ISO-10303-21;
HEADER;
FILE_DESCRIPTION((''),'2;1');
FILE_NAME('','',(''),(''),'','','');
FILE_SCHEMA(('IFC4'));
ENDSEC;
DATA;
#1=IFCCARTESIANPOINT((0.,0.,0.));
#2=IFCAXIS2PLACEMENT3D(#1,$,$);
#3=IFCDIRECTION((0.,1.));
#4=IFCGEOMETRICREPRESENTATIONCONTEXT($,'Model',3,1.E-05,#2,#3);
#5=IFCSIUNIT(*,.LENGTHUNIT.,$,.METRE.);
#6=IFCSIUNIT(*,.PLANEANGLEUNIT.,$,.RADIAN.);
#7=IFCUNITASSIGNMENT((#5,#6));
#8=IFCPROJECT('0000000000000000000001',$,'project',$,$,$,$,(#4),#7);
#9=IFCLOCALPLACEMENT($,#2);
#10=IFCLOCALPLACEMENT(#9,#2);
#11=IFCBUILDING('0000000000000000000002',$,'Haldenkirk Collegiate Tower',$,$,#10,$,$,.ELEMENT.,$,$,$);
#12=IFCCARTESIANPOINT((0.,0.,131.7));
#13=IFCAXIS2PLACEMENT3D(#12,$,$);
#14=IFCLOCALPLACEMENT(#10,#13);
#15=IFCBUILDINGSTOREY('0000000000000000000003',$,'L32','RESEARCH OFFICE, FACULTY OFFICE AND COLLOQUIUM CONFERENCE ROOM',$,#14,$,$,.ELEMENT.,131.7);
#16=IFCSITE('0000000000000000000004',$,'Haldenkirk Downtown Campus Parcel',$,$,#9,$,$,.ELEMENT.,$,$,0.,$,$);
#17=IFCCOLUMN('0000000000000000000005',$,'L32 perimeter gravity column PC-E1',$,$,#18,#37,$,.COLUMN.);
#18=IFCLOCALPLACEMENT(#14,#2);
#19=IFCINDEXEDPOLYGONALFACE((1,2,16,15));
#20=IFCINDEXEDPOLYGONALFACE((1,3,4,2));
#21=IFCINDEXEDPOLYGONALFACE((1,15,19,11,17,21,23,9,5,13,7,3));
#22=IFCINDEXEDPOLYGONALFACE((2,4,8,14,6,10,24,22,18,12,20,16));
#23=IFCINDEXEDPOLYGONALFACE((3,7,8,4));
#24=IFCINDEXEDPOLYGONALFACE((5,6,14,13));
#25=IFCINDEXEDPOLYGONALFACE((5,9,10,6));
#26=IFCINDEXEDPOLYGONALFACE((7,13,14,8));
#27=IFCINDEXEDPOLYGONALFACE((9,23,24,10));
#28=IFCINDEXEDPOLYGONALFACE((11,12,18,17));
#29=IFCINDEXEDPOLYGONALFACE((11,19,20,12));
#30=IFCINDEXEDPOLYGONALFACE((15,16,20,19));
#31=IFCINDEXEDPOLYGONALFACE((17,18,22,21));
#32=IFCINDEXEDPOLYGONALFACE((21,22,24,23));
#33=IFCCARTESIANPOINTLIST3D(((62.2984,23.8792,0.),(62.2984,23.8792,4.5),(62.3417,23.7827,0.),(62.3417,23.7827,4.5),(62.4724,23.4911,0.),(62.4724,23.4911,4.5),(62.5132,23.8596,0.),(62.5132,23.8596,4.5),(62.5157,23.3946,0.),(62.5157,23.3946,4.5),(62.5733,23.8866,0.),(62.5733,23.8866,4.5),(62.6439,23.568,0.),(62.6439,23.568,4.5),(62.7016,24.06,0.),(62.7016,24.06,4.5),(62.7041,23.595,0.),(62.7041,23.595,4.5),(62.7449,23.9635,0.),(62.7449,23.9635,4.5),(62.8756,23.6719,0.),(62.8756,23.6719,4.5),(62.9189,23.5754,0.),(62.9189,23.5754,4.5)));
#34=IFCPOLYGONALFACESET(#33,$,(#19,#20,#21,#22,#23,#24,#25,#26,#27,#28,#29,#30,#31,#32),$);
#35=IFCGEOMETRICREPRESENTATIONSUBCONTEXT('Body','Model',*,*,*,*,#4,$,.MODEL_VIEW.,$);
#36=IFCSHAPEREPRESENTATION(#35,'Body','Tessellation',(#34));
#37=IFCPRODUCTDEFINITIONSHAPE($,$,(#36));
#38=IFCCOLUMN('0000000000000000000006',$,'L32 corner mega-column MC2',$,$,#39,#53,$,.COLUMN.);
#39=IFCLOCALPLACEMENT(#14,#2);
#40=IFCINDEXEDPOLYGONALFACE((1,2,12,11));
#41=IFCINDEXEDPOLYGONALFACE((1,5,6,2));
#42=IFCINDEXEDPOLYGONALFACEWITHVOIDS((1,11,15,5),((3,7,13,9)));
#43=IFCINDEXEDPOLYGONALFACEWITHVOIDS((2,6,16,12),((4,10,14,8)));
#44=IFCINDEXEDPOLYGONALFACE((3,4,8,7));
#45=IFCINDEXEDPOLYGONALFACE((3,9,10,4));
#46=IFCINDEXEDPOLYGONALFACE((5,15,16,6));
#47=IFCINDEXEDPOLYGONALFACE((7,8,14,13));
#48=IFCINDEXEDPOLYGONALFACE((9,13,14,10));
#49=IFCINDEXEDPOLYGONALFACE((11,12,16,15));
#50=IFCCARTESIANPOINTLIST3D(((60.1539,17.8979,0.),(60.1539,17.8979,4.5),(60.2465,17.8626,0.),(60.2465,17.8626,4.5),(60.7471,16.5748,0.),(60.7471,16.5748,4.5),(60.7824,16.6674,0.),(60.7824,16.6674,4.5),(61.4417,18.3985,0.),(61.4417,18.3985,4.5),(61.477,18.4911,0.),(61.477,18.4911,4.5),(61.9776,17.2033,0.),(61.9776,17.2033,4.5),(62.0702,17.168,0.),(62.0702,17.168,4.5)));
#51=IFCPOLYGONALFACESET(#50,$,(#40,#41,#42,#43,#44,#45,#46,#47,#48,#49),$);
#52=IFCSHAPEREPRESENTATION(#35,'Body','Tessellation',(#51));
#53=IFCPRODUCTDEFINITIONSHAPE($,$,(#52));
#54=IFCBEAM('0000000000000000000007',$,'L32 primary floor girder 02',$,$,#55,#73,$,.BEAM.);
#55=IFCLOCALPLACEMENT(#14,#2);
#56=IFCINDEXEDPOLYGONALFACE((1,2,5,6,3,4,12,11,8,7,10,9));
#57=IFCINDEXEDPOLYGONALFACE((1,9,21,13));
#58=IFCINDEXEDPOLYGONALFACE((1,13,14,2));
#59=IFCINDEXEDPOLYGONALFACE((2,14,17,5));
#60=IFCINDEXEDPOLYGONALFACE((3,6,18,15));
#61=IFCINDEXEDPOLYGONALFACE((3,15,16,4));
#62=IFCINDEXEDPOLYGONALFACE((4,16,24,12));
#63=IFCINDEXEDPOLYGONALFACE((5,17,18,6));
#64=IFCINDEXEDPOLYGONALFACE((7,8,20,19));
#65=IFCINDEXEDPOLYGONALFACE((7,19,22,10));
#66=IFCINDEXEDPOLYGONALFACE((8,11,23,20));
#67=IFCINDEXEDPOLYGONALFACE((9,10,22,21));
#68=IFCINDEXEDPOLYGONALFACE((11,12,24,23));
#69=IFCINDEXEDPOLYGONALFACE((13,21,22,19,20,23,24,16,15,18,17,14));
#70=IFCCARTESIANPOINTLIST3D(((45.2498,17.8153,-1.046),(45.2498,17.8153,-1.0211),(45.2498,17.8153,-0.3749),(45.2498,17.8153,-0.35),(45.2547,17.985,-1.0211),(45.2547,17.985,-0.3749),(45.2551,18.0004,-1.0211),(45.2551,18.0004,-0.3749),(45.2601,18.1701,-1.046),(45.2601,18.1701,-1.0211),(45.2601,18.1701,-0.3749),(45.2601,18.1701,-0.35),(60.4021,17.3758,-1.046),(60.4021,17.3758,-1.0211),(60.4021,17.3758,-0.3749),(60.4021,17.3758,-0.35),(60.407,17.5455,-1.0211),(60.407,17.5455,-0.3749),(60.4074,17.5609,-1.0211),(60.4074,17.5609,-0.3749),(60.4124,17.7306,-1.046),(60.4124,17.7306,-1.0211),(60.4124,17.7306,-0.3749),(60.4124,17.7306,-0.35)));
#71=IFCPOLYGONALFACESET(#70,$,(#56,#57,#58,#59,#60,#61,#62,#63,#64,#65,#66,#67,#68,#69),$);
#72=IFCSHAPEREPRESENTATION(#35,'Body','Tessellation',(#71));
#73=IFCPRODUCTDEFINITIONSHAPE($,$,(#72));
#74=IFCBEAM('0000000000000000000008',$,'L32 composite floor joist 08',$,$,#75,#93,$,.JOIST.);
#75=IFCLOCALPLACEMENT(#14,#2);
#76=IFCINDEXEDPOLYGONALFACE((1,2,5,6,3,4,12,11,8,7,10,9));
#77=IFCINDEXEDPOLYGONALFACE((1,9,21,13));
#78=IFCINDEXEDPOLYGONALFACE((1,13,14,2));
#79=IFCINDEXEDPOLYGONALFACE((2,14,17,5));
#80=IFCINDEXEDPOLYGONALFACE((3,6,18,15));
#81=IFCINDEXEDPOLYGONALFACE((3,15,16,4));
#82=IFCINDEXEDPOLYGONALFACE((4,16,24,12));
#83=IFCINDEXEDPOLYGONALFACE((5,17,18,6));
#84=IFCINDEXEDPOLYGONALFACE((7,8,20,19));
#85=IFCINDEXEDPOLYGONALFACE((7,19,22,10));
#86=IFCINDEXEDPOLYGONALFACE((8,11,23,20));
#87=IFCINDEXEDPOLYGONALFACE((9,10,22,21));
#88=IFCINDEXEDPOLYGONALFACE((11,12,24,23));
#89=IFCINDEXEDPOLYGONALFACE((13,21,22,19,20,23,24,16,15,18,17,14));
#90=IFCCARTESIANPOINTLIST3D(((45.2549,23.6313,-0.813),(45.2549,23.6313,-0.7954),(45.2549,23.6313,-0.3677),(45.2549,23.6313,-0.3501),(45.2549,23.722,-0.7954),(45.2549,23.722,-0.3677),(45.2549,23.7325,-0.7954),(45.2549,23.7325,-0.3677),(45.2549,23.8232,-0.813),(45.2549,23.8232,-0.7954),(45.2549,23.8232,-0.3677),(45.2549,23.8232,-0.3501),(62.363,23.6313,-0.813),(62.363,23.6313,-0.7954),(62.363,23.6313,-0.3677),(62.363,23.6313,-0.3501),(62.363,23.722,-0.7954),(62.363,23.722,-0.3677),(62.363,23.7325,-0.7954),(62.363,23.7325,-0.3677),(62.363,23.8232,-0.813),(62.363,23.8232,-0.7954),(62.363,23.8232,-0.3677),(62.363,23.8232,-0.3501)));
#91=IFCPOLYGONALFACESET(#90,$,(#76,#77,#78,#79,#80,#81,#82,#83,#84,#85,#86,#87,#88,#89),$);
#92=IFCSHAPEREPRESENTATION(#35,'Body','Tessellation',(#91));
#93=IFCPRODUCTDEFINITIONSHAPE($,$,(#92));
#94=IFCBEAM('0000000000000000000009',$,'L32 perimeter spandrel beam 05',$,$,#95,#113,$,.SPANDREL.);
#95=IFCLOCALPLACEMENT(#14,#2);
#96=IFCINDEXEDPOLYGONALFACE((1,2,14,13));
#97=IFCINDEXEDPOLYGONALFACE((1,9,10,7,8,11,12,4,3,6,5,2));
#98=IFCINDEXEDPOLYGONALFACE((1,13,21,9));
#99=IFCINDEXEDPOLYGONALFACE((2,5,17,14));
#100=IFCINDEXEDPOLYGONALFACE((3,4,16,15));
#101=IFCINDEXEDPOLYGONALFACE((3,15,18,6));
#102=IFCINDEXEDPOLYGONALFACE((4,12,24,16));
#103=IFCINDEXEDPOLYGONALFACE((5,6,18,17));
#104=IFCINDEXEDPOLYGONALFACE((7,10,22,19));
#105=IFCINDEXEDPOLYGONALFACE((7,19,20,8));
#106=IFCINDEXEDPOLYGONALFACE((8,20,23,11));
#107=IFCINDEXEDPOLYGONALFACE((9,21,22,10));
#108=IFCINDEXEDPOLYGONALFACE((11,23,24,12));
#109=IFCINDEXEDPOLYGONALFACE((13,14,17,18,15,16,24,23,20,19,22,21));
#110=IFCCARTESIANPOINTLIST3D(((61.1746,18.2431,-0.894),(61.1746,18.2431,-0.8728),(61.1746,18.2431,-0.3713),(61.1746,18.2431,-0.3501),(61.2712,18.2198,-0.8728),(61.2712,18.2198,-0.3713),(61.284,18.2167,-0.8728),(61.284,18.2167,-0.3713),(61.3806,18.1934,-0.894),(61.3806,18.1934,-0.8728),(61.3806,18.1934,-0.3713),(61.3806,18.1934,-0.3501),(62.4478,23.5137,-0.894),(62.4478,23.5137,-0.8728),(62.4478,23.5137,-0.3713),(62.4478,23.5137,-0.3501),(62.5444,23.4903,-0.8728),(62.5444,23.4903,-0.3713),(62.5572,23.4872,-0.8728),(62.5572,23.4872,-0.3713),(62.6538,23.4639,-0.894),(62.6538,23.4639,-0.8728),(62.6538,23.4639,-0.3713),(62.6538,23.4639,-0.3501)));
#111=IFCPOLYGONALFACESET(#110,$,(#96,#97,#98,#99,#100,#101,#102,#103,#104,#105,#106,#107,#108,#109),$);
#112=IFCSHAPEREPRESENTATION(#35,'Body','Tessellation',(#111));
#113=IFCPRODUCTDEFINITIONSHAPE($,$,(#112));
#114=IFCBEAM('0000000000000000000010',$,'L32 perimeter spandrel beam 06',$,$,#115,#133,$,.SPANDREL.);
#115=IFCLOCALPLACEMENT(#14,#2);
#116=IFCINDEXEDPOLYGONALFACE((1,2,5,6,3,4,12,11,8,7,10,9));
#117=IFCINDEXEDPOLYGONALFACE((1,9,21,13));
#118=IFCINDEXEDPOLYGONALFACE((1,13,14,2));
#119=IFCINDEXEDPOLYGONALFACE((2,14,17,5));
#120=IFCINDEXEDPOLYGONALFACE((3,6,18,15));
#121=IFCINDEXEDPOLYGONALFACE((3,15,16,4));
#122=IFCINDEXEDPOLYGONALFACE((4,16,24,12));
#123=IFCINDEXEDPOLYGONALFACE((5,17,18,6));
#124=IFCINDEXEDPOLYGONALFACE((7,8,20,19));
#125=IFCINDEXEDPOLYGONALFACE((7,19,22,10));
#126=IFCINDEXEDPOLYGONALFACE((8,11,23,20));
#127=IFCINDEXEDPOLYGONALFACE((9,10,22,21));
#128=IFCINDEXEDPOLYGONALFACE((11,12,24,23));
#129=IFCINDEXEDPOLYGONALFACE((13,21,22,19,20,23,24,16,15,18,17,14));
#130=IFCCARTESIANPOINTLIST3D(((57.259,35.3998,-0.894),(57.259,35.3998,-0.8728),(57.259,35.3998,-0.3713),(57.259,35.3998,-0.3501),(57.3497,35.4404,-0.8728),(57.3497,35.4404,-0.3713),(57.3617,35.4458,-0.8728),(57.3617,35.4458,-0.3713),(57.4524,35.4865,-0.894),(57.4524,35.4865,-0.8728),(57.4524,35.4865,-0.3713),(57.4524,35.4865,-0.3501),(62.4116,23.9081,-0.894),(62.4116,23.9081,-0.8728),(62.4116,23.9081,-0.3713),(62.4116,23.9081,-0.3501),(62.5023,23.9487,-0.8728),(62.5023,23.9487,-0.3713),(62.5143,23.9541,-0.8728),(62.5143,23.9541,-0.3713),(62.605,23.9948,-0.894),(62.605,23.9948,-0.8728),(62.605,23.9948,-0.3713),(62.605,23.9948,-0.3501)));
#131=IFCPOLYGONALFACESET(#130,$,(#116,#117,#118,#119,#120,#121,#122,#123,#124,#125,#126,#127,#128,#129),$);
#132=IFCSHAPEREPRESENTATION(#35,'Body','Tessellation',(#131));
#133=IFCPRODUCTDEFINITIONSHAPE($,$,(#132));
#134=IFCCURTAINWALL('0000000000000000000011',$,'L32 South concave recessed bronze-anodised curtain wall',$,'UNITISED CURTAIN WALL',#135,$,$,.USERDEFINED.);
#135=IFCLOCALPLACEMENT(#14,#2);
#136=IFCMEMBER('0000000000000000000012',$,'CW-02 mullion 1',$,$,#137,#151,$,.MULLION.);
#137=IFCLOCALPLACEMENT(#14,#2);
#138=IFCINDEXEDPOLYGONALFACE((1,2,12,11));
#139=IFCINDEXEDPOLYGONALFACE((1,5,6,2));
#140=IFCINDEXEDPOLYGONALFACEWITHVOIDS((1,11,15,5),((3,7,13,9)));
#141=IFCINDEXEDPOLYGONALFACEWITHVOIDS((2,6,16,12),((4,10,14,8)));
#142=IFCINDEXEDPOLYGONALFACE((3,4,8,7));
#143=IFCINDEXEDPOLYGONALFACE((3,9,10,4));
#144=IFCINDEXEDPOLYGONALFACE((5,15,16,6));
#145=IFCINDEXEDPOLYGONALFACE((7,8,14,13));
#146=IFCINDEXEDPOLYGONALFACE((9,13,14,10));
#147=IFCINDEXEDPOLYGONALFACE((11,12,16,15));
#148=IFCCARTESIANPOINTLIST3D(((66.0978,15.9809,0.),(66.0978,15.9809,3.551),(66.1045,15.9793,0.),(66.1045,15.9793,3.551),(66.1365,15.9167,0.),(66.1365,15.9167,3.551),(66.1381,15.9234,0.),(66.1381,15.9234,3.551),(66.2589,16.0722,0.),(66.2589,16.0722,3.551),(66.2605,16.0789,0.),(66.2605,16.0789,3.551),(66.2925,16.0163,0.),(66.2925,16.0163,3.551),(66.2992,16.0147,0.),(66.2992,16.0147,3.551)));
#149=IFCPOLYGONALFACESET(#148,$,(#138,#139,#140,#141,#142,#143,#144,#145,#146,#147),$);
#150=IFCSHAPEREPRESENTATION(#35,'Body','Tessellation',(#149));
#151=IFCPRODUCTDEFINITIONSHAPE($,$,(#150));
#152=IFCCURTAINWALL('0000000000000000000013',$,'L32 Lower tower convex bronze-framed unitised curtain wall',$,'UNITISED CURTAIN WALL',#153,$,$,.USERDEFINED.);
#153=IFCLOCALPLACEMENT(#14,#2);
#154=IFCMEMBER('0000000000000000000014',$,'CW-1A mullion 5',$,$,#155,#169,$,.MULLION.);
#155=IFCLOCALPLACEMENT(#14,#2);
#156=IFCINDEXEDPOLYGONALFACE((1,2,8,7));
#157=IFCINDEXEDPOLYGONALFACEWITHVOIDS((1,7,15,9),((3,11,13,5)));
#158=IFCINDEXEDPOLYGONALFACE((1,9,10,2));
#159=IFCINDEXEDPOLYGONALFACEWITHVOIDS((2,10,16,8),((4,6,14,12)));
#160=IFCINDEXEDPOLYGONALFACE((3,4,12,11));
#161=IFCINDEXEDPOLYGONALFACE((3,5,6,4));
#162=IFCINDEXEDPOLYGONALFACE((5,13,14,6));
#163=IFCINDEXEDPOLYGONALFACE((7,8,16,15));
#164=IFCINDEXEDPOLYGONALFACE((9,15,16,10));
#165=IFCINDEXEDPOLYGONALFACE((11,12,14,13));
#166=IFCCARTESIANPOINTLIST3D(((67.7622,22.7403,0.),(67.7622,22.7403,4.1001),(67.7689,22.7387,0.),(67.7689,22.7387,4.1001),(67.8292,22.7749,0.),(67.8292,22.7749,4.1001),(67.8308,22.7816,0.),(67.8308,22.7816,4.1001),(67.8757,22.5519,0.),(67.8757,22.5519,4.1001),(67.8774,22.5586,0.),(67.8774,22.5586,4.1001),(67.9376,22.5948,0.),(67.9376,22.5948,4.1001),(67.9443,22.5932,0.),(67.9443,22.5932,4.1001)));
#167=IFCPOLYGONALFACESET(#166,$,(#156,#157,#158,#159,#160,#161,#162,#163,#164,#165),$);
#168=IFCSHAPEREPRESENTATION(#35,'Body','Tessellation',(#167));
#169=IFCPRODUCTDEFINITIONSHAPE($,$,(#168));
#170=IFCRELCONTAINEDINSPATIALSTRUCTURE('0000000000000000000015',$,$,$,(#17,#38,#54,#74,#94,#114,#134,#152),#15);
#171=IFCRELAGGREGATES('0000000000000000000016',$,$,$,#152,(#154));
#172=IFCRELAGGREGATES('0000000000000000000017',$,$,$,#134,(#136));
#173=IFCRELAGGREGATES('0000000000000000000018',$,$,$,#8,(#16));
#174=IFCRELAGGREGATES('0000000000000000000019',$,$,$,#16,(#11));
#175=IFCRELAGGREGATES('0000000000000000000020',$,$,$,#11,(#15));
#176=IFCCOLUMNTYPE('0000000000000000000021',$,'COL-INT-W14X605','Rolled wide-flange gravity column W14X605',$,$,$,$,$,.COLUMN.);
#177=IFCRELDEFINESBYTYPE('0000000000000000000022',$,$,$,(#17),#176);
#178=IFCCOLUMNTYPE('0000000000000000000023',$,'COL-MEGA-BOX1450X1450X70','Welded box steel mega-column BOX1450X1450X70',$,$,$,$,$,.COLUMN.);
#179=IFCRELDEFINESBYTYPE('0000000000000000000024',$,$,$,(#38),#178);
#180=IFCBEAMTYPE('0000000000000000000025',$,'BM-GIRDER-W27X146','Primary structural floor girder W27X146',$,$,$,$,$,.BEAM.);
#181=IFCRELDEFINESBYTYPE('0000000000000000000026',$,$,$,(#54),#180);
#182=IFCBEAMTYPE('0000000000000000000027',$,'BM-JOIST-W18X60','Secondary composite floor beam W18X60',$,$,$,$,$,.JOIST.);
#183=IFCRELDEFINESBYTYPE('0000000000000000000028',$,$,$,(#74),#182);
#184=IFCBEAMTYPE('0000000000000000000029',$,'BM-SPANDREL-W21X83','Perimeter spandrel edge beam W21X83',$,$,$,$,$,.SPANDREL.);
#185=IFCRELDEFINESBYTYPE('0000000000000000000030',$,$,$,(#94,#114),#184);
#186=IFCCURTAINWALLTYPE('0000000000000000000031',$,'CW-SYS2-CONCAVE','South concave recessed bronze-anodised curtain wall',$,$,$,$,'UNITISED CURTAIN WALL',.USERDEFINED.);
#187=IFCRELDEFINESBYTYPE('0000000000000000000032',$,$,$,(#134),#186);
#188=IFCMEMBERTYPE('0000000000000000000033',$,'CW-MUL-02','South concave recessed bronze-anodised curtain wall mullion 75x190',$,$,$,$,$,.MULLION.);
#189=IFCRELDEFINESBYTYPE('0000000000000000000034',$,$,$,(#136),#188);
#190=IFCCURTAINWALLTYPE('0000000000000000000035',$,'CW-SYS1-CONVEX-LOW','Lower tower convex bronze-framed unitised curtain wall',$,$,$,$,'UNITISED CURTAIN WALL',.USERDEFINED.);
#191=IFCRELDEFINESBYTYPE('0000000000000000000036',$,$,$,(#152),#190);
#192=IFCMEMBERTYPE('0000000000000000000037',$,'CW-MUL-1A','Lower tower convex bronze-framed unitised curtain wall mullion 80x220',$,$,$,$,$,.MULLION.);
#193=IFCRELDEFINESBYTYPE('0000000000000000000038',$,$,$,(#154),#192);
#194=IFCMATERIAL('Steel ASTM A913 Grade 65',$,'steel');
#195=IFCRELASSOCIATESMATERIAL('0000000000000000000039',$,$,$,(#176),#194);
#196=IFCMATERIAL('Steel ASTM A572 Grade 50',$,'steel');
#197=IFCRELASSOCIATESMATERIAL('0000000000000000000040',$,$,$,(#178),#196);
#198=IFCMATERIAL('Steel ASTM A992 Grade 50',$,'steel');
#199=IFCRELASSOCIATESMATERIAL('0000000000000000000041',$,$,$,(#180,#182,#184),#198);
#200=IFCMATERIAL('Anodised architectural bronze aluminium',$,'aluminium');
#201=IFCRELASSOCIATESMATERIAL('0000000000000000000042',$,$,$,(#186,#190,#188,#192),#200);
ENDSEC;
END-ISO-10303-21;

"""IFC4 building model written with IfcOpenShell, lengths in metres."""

from ifc_helpers import new_model, si_unit, direction, frame, origin, origin_2d, place, context, subcontext, project, spatial, hollow_rectangle, i_section, extrude, material, material_profile, profile_set, type_object, element, aggregate, save


model = new_model("IFC4")

# Units and contexts
model_context = context("Model", 3, precision=1e-05, world=origin(), true_north=direction((0.0, 1.0)))
body_context = subcontext(model_context, "Body", "Model", "MODEL_VIEW")
ifc_project = project(units=[si_unit("LENGTHUNIT", "METRE"), si_unit("PLANEANGLEUNIT", "RADIAN")], contexts=[model_context])

# Site, building, storey
site_placement = place(None, origin())
site = spatial("IfcSite", under=ifc_project, at=site_placement, Name="Haldenkirk Downtown Campus Parcel", CompositionType="ELEMENT", RefElevation=0.0)
building_placement = place(site_placement, origin())
building = spatial("IfcBuilding", under=site, at=building_placement, Name="Haldenkirk Collegiate Tower", CompositionType="ELEMENT")
storey_placement = place(building_placement, frame((0.0, 0.0, 131.7)))
storey = spatial("IfcBuildingStorey", under=building, at=storey_placement, Name="L32", Description="RESEARCH OFFICE, FACULTY OFFICE AND COLLOQUIUM CONFERENCE ROOM", CompositionType="ELEMENT", Elevation=131.7)

# Columns
ifc_material_1 = material(Name="Steel ASTM A913 Grade 65", Category="steel")
ifc_material_profile_1 = material_profile(ifc_material_1, i_section(OverallWidth=0.4419, OverallDepth=0.531, WebThickness=0.0659, FlangeThickness=0.1057, at=origin_2d()), Name="W14X605")
ifc_profile_set_1 = profile_set([ifc_material_profile_1], Name="Steel ASTM A913 Grade 65")
column_type_1 = type_object("IfcColumnType", Name="COL-INT-W14X605", Description="Rolled wide-flange gravity column W14X605", PredefinedType="COLUMN", material=ifc_profile_set_1)
column_1_placement = place(storey_placement, frame((62.6086, 23.7273, 0.0), z_axis=(0.0, 0.0, 1.0), x_axis=(0.912477, 0.409127, 0.0)))
element("IfcColumn", 1, at=column_1_placement, inside=storey, type_object=column_type_1, Name="L32 perimeter gravity column PC-E1", PredefinedType="COLUMN", context=body_context, shape_type="SweptSolid", body=[
    extrude(i_section(OverallWidth=0.4419, OverallDepth=0.531, WebThickness=0.0659, FlangeThickness=0.1057, at=origin_2d()), origin(), (0.0, 0.0, 1.0), 4.5),
])
ifc_material_2 = material(Name="Steel ASTM A572 Grade 50", Category="steel")
ifc_material_profile_2 = material_profile(ifc_material_2, hollow_rectangle(XDim=1.45, YDim=1.45, WallThickness=0.0701, at=origin_2d()), Name="BOX1450X1450X70")
ifc_profile_set_2 = profile_set([ifc_material_profile_2], Name="Steel ASTM A572 Grade 50")
column_type_2 = type_object("IfcColumnType", Name="COL-MEGA-BOX1450X1450X70", Description="Welded box steel mega-column BOX1450X1450X70", PredefinedType="COLUMN", material=ifc_profile_set_2)
column_2_placement = place(storey_placement, frame((61.1121, 17.533, 0.0), z_axis=(0.0, 0.0, 1.0), x_axis=(0.912477, 0.409127, 0.0)))
element("IfcColumn", 2, at=column_2_placement, inside=storey, type_object=column_type_2, Name="L32 corner mega-column MC2", PredefinedType="COLUMN", context=body_context, shape_type="SweptSolid", body=[
    extrude(hollow_rectangle(XDim=1.45, YDim=1.45, WallThickness=0.0701, at=origin_2d()), origin(), (0.0, 0.0, 1.0), 4.5),
])

# Beams
ifc_material_3 = material(Name="Steel ASTM A992 Grade 50", Category="steel")
ifc_material_profile_3 = material_profile(ifc_material_3, i_section(OverallWidth=0.355, OverallDepth=0.696, WebThickness=0.0154, FlangeThickness=0.0249, at=origin_2d()), Name="W27X146")
ifc_profile_set_3 = profile_set([ifc_material_profile_3], Name="Steel ASTM A992 Grade 50")
beam_type_1 = type_object("IfcBeamType", Name="BM-GIRDER-W27X146", Description="Primary structural floor girder W27X146", PredefinedType="BEAM", material=ifc_profile_set_3)
beam_1_placement = place(storey_placement, frame((60.4072, 17.5532, -0.698), z_axis=(-0.99958, 0.02899, 0.0), x_axis=(-0.02899, -0.99958, 0.0)))
element("IfcBeam", 3, at=beam_1_placement, inside=storey, type_object=beam_type_1, Name="L32 primary floor girder 02", PredefinedType="BEAM", context=body_context, shape_type="SweptSolid", body=[
    extrude(i_section(OverallWidth=0.355, OverallDepth=0.696, WebThickness=0.0154, FlangeThickness=0.0249, at=origin_2d()), origin(), (0.0, 0.0, 1.0), 15.1587),
])
ifc_material_profile_4 = material_profile(ifc_material_3, i_section(OverallWidth=0.1919, OverallDepth=0.4629, WebThickness=0.0105, FlangeThickness=0.0176, at=origin_2d()), Name="W18X60")
ifc_profile_set_4 = profile_set([ifc_material_profile_4], Name="Steel ASTM A992 Grade 50")
beam_type_2 = type_object("IfcBeamType", Name="BM-JOIST-W18X60", Description="Secondary composite floor beam W18X60", PredefinedType="JOIST", material=ifc_profile_set_4)
beam_2_placement = place(storey_placement, frame((62.363, 23.7273, -0.5815), z_axis=(-1.0, 0.0, 0.0), x_axis=(0.0, -1.0, 0.0)))
element("IfcBeam", 4, at=beam_2_placement, inside=storey, type_object=beam_type_2, Name="L32 composite floor joist 08", PredefinedType="JOIST", context=body_context, shape_type="SweptSolid", body=[
    extrude(i_section(OverallWidth=0.1919, OverallDepth=0.4629, WebThickness=0.0105, FlangeThickness=0.0176, at=origin_2d()), origin(), (0.0, 0.0, 1.0), 17.1082),
])
ifc_material_profile_5 = material_profile(ifc_material_3, i_section(OverallWidth=0.2119, OverallDepth=0.5439, WebThickness=0.0132, FlangeThickness=0.0212, at=origin_2d()), Name="W21X83")
ifc_profile_set_5 = profile_set([ifc_material_profile_5], Name="Steel ASTM A992 Grade 50")
beam_type_3 = type_object("IfcBeamType", Name="BM-SPANDREL-W21X83", Description="Perimeter spandrel edge beam W21X83", PredefinedType="SPANDREL", material=ifc_profile_set_5)
beam_3_placement = place(storey_placement, frame((61.2776, 18.2183, -0.6221), z_axis=(0.234815, 0.97204, 0.0), x_axis=(-0.97204, 0.234815, 0.0)))
element("IfcBeam", 5, at=beam_3_placement, inside=storey, type_object=beam_type_3, Name="L32 perimeter spandrel beam 05", PredefinedType="SPANDREL", context=body_context, shape_type="SweptSolid", body=[
    extrude(i_section(OverallWidth=0.2119, OverallDepth=0.5439, WebThickness=0.0132, FlangeThickness=0.0212, at=origin_2d()), origin(), (0.0, 0.0, 1.0), 5.4221),
])
beam_4_placement = place(storey_placement, frame((62.5083, 23.9514, -0.6221), z_axis=(-0.409131, 0.912476, 0.0), x_axis=(-0.912476, -0.409131, 0.0)))
element("IfcBeam", 6, at=beam_4_placement, inside=storey, type_object=beam_type_3, Name="L32 perimeter spandrel beam 06", PredefinedType="SPANDREL", context=body_context, shape_type="SweptSolid", body=[
    extrude(i_section(OverallWidth=0.2119, OverallDepth=0.5439, WebThickness=0.0132, FlangeThickness=0.0212, at=origin_2d()), origin(), (0.0, 0.0, 1.0), 12.594),
])

# Curtain walls, members
ifc_material_4 = material(Name="Anodised architectural bronze aluminium", Category="aluminium")
curtain_wall_type_1 = type_object("IfcCurtainWallType", Name="CW-SYS2-CONCAVE", Description="South concave recessed bronze-anodised curtain wall", ElementType="UNITISED CURTAIN WALL", PredefinedType="USERDEFINED", material=ifc_material_4)
curtain_wall_1_placement = place(storey_placement, origin())
curtain_wall_1 = element("IfcCurtainWall", 7, at=curtain_wall_1_placement, inside=storey, type_object=curtain_wall_type_1, Name="L32 South concave recessed bronze-anodised curtain wall", ObjectType="UNITISED CURTAIN WALL", PredefinedType="USERDEFINED")
ifc_material_profile_6 = material_profile(ifc_material_4, hollow_rectangle(XDim=0.075, YDim=0.1899, WallThickness=0.0049, at=origin_2d()), Name="CW-MUL-02")
ifc_profile_set_6 = profile_set([ifc_material_profile_6], Name="Anodised architectural bronze aluminium")
member_type_1 = type_object("IfcMemberType", Name="CW-MUL-02", Description="South concave recessed bronze-anodised curtain wall mullion 75x190", PredefinedType="MULLION", material=ifc_profile_set_6)
member_1_placement = place(storey_placement, frame((66.1985, 15.9978, 0.0), z_axis=(0.0, 0.0, 1.0), x_axis=(0.515785, -0.856718, 0.0)))
member_1 = element("IfcMember", 8, at=member_1_placement, type_object=member_type_1, Name="CW-02 mullion 1", PredefinedType="MULLION", context=body_context, shape_type="SweptSolid", body=[
    extrude(hollow_rectangle(XDim=0.075, YDim=0.1899, WallThickness=0.0049, at=origin_2d()), origin(), (0.0, 0.0, 1.0), 3.551),
])
curtain_wall_type_2 = type_object("IfcCurtainWallType", Name="CW-SYS1-CONVEX-LOW", Description="Lower tower convex bronze-framed unitised curtain wall", ElementType="UNITISED CURTAIN WALL", PredefinedType="USERDEFINED", material=ifc_material_4)
curtain_wall_2_placement = place(storey_placement, origin())
curtain_wall_2 = element("IfcCurtainWall", 9, at=curtain_wall_2_placement, inside=storey, type_object=curtain_wall_type_2, Name="L32 Lower tower convex bronze-framed unitised curtain wall", ObjectType="UNITISED CURTAIN WALL", PredefinedType="USERDEFINED")
ifc_material_profile_7 = material_profile(ifc_material_4, hollow_rectangle(XDim=0.0801, YDim=0.22, WallThickness=0.0049, at=origin_2d()), Name="CW-MUL-1A")
ifc_profile_set_7 = profile_set([ifc_material_profile_7], Name="Anodised architectural bronze aluminium")
member_type_2 = type_object("IfcMemberType", Name="CW-MUL-1A", Description="Lower tower convex bronze-framed unitised curtain wall mullion 80x220", PredefinedType="MULLION", material=ifc_profile_set_7)
member_2_placement = place(storey_placement, frame((67.8533, 22.6667, 0.0), z_axis=(0.0, 0.0, 1.0), x_axis=(0.856719, 0.515783, 0.0)))
member_2 = element("IfcMember", 10, at=member_2_placement, type_object=member_type_2, Name="CW-1A mullion 5", PredefinedType="MULLION", context=body_context, shape_type="SweptSolid", body=[
    extrude(hollow_rectangle(XDim=0.0801, YDim=0.22, WallThickness=0.0049, at=origin_2d()), origin(), (0.0, 0.0, 1.0), 4.1001),
])
aggregate(curtain_wall_2, [member_2])

aggregate(curtain_wall_1, [member_1])

save(model, "model.ifc")
